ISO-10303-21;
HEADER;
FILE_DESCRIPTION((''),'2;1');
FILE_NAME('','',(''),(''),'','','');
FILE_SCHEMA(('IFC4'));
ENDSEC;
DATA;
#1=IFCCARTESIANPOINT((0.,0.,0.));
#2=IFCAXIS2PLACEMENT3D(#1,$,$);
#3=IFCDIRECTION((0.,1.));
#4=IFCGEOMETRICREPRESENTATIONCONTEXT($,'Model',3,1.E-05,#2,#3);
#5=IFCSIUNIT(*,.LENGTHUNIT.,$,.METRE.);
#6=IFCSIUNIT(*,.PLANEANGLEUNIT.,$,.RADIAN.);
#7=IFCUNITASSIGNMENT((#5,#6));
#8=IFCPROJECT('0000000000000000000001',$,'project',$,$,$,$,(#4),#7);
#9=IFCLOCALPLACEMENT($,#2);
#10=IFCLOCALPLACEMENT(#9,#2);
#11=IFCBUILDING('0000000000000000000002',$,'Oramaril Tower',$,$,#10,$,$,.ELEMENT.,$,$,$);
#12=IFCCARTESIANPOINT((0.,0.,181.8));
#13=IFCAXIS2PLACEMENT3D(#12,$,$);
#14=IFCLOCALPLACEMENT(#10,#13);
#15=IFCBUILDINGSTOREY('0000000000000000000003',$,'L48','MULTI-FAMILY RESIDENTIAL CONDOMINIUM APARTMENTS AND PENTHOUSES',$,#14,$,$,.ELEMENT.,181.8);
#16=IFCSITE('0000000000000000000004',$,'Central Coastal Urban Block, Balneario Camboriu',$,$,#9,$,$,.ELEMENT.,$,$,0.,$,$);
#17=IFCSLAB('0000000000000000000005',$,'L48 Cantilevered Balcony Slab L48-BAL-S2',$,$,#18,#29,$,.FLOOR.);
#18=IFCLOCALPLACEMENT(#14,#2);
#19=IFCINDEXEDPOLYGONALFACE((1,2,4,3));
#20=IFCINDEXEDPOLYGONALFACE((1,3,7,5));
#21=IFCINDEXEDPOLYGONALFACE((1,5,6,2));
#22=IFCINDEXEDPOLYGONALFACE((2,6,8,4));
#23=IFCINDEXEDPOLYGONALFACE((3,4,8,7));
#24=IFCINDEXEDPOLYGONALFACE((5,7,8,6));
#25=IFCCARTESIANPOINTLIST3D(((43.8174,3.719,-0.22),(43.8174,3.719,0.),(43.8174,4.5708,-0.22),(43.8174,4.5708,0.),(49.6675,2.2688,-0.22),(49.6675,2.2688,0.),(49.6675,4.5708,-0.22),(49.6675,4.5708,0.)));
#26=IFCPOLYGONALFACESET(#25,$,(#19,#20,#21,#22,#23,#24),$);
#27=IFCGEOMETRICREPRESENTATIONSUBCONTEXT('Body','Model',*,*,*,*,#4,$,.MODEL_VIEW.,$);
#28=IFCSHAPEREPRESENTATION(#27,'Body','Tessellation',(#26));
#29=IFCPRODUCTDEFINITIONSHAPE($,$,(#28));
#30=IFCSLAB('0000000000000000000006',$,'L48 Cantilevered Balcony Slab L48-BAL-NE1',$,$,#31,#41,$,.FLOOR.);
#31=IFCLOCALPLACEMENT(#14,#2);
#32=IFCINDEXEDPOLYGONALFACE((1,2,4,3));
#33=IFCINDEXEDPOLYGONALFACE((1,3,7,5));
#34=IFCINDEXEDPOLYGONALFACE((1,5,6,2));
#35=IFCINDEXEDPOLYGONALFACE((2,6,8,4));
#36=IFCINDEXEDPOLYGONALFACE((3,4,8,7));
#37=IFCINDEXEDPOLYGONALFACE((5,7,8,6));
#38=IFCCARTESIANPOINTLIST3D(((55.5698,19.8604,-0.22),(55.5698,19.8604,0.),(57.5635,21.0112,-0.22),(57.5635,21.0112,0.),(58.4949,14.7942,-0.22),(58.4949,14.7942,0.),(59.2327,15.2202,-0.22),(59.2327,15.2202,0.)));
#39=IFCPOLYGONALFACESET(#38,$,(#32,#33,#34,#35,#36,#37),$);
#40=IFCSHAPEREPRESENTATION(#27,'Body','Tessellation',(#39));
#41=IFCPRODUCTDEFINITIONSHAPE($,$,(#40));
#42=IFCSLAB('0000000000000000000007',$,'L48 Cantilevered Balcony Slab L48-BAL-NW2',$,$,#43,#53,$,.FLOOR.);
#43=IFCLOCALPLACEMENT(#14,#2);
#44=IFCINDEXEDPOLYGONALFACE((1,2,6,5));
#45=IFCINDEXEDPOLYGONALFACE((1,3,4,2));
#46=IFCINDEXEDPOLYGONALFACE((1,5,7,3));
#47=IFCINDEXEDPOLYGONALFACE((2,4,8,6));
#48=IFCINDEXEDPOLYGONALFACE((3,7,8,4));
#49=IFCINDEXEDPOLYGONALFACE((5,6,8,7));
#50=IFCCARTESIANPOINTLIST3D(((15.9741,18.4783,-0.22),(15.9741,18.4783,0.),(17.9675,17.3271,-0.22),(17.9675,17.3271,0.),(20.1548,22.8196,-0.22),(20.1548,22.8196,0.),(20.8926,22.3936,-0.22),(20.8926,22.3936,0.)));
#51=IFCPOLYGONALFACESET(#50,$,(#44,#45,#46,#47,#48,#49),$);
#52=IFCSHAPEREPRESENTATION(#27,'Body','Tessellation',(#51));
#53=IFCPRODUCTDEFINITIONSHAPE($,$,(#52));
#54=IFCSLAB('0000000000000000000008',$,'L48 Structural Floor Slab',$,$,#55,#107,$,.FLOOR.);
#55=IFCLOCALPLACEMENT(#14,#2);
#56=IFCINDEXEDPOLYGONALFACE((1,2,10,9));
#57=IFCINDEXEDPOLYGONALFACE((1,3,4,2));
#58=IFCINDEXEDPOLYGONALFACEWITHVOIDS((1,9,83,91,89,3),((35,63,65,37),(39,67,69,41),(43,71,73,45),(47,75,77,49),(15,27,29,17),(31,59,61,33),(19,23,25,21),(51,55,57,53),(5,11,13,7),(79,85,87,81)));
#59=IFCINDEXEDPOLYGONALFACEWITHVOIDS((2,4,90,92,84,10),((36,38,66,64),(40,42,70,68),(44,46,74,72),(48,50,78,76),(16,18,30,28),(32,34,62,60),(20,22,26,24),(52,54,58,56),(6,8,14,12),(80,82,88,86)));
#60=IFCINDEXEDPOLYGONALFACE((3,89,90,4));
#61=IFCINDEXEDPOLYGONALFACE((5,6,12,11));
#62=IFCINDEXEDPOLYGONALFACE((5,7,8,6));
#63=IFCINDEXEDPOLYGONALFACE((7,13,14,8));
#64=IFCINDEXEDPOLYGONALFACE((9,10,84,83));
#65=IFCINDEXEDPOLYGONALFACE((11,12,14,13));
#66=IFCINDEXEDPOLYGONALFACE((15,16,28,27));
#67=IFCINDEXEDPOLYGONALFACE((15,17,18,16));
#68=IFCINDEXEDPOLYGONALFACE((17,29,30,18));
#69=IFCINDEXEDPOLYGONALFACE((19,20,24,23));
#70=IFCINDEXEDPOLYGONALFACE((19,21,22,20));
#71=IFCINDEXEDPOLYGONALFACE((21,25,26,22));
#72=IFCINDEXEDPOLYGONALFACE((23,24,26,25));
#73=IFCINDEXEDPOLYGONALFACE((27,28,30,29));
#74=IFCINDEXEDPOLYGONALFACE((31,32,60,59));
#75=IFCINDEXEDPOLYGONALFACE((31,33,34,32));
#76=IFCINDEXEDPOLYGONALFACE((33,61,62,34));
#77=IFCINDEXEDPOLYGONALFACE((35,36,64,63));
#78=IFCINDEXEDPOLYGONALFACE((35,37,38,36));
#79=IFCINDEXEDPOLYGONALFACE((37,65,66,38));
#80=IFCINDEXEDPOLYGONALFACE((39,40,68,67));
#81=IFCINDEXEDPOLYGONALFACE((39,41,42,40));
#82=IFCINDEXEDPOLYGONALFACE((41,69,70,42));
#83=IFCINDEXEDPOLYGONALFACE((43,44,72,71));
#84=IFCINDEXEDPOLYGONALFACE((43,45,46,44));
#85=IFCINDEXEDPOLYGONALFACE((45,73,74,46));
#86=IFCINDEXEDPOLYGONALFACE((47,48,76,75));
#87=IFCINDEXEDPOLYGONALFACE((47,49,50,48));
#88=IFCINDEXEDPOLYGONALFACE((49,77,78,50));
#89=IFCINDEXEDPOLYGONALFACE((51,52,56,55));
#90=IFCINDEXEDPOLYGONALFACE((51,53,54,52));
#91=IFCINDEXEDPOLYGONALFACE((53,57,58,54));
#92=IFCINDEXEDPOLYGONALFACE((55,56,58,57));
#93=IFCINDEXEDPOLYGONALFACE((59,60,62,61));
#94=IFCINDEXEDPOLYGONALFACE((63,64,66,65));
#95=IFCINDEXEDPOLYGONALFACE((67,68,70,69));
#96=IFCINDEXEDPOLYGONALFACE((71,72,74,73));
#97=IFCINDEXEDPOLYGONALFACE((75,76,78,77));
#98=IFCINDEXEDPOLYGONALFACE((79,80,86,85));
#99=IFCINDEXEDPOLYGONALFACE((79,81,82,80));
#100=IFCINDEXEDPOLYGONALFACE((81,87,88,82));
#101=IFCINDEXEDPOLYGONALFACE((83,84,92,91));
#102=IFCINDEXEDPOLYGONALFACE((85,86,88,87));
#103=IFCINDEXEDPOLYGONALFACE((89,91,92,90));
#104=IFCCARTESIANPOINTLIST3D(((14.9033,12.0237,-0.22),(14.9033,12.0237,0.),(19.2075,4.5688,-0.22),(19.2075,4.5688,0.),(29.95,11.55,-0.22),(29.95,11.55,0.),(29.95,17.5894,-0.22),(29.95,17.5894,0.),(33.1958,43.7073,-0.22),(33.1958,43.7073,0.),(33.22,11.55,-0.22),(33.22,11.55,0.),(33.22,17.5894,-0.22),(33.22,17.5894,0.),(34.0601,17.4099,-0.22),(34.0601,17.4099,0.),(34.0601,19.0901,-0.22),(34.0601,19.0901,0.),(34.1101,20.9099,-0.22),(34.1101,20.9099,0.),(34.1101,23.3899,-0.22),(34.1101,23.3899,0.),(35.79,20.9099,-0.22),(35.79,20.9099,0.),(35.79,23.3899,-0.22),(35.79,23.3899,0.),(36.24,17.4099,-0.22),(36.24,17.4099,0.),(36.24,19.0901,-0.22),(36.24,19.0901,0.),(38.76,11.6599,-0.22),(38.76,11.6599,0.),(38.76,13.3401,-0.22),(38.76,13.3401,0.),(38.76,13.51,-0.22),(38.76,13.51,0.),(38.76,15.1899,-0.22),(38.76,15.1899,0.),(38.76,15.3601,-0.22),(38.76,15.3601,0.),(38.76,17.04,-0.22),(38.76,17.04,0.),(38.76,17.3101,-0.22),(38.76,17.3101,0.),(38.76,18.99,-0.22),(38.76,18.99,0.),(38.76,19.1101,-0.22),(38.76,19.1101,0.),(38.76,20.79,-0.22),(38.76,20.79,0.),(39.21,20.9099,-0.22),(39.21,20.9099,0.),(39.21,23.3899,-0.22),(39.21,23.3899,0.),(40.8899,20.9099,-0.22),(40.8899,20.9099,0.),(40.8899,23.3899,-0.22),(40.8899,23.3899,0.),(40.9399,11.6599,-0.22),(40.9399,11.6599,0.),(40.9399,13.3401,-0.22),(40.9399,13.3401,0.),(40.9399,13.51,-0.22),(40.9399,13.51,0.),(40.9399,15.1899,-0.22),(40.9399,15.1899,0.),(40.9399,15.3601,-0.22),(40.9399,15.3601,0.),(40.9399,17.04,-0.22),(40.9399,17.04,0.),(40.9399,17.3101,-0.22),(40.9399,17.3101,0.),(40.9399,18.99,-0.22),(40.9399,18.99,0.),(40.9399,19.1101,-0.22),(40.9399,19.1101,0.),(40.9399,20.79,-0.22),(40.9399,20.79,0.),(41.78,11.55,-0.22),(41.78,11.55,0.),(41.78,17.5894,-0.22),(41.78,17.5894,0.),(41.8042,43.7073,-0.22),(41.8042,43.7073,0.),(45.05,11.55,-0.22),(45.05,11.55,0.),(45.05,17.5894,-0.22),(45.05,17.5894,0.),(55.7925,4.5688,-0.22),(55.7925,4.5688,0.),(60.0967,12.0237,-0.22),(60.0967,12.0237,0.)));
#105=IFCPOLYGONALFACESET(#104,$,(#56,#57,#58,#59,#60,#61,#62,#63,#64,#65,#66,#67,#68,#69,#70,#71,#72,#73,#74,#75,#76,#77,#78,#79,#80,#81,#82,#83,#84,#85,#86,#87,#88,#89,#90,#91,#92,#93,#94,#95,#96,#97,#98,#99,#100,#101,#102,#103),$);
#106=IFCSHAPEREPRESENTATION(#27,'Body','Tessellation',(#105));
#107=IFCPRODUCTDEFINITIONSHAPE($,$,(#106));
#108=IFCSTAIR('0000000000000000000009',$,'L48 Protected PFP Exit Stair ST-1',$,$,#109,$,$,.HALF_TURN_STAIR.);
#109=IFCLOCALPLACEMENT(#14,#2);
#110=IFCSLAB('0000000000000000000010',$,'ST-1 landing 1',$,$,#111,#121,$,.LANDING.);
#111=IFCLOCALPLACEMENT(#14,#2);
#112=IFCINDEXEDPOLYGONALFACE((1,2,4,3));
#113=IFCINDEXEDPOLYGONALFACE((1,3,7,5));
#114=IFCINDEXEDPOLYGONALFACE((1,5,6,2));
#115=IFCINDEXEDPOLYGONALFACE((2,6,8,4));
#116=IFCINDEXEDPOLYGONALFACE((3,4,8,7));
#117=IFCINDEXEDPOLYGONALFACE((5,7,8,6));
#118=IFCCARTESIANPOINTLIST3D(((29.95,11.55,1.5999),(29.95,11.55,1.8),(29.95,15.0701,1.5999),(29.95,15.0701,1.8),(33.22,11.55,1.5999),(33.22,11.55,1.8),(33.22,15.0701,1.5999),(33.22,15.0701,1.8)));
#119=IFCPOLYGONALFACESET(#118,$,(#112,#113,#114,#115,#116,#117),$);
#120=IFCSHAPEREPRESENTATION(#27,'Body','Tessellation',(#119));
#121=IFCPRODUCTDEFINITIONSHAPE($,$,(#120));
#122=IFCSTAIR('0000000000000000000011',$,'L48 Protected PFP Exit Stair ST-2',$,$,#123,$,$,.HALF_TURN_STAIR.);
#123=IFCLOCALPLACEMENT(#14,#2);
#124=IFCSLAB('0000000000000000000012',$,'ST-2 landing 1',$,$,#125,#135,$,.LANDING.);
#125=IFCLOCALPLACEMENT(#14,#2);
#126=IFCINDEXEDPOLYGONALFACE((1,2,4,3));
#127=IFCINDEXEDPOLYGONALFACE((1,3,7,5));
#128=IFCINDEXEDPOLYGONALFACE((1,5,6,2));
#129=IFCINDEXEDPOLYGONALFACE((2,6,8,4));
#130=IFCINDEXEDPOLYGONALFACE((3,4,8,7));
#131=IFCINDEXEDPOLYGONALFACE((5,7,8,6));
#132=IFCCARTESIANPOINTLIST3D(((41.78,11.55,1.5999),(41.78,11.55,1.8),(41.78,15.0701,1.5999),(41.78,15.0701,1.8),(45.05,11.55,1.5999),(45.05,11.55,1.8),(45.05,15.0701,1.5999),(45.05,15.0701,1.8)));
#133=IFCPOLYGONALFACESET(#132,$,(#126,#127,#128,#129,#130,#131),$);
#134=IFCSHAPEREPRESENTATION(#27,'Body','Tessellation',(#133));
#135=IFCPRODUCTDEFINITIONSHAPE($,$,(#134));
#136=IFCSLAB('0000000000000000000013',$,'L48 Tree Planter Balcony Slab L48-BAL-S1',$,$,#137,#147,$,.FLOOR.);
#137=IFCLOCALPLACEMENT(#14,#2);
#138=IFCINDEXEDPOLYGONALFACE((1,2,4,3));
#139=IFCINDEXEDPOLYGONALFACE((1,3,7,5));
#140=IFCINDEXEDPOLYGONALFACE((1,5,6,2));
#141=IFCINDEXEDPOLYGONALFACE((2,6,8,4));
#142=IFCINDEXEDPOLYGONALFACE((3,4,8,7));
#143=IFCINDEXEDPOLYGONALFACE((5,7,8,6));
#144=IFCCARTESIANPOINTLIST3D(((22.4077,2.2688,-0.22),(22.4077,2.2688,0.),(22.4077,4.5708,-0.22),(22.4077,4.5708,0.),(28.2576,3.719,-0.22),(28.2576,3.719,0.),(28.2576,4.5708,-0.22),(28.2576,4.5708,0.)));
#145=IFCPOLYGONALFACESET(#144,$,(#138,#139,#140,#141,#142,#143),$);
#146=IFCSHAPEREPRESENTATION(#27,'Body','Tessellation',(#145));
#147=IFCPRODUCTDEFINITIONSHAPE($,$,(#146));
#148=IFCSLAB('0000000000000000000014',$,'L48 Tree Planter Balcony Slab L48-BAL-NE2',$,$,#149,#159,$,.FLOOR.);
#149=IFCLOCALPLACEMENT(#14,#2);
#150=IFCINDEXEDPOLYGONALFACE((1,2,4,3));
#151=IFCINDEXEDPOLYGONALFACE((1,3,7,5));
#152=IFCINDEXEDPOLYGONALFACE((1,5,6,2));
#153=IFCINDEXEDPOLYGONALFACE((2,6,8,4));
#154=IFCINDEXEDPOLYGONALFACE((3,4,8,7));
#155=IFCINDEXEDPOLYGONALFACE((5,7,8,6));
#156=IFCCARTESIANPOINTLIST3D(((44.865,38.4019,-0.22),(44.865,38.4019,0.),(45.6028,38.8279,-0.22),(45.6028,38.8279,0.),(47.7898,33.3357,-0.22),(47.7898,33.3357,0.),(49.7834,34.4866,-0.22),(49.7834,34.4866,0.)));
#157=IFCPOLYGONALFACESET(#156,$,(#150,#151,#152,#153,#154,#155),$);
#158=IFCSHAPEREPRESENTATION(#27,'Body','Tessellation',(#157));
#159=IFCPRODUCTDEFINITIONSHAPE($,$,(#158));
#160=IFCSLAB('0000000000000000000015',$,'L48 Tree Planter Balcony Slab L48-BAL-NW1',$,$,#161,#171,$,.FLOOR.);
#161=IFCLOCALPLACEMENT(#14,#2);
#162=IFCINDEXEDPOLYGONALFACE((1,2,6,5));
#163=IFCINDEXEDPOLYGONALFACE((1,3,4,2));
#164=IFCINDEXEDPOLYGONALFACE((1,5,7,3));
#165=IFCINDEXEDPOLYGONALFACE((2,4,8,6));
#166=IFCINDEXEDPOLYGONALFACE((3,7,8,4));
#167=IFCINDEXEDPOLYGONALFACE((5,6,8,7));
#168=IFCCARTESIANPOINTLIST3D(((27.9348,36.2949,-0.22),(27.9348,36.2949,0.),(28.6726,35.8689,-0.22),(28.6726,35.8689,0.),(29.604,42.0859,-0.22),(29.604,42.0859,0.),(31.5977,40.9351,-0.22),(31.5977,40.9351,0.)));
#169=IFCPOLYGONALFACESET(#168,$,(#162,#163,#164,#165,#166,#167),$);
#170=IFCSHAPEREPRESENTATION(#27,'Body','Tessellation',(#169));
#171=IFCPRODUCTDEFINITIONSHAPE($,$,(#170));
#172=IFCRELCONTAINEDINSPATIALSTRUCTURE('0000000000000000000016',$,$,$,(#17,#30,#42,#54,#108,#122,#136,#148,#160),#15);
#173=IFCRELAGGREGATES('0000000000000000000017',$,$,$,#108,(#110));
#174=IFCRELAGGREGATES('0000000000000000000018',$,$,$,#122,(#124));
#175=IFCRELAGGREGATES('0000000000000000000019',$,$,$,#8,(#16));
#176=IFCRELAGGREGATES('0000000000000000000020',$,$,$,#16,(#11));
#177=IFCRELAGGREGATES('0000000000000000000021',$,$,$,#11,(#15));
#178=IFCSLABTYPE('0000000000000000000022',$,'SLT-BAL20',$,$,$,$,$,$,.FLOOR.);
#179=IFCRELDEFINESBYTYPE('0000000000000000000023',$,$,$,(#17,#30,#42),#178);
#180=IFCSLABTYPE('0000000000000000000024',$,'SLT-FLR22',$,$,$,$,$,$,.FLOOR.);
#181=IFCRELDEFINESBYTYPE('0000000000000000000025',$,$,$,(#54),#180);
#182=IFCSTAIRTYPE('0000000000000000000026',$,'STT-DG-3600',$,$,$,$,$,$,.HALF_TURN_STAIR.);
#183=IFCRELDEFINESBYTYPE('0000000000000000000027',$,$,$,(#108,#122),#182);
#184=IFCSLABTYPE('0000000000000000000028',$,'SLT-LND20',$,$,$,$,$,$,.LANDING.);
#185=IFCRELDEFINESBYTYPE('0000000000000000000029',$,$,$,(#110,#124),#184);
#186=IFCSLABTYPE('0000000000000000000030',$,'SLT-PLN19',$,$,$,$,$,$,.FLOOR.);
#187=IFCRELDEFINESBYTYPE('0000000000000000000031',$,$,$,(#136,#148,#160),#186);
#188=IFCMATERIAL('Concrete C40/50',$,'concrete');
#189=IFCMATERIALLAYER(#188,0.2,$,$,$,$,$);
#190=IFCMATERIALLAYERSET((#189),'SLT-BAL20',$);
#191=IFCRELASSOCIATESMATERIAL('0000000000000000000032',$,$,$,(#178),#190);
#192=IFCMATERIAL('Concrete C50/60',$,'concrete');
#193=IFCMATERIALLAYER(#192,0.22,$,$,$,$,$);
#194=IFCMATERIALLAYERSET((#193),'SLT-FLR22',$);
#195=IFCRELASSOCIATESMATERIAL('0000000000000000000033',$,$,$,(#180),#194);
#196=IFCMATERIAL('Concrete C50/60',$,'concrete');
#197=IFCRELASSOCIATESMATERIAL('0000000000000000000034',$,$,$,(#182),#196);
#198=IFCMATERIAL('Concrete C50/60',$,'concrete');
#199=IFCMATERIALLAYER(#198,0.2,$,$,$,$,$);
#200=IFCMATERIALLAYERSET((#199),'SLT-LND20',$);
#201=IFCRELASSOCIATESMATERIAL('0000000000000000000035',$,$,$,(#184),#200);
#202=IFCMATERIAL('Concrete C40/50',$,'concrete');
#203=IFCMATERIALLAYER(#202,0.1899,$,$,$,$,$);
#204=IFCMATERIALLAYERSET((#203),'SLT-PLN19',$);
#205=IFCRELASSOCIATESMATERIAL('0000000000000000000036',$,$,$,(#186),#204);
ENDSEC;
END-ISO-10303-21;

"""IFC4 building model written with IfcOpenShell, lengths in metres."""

from ifc_helpers import new_model, si_unit, direction, frame, origin, place, context, subcontext, project, spatial, polyline, outline, extrude, material, layer, layer_set, type_object, element, aggregate, save


model = new_model("IFC4")

# Units and contexts
model_context = context("Model", 3, precision=1e-05, world=origin(), true_north=direction((0.0, 1.0)))
body_context = subcontext(model_context, "Body", "Model", "MODEL_VIEW")
ifc_project = project(units=[si_unit("LENGTHUNIT", "METRE"), si_unit("PLANEANGLEUNIT", "RADIAN")], contexts=[model_context])

# Site, building, storey
site_placement = place(None, origin())
site = spatial("IfcSite", under=ifc_project, at=site_placement, Name="Central Coastal Urban Block, Balneario Camboriu", CompositionType="ELEMENT", RefElevation=0.0)
building_placement = place(site_placement, origin())
building = spatial("IfcBuilding", under=site, at=building_placement, Name="Oramaril Tower", CompositionType="ELEMENT")
storey_placement = place(building_placement, frame((0.0, 0.0, 181.8)))
storey = spatial("IfcBuildingStorey", under=building, at=storey_placement, Name="L48", Description="MULTI-FAMILY RESIDENTIAL CONDOMINIUM APARTMENTS AND PENTHOUSES", CompositionType="ELEMENT", Elevation=181.8)

# Slabs
ifc_material_1 = material(Name="Concrete C40/50", Category="concrete")
ifc_layer_1 = layer(ifc_material_1, 0.2)
ifc_layer_set_1 = layer_set([ifc_layer_1], Name="SLT-BAL20")
slab_type_1 = type_object("IfcSlabType", Name="SLT-BAL20", PredefinedType="FLOOR", material=ifc_layer_set_1)
slab_1_placement = place(storey_placement, frame((0.0, 0.0, -0.22)))
element("IfcSlab", 1, at=slab_1_placement, inside=storey, type_object=slab_type_1, Name="L48 Cantilevered Balcony Slab L48-BAL-S2", PredefinedType="FLOOR", context=body_context, shape_type="SweptSolid", body=[
    extrude(outline(polyline([(43.8174, 4.5708), (49.6675, 4.5708), (49.6675, 2.2688), (43.8174, 3.719), (43.8174, 4.5708)])), origin(), (0.0, 0.0, 1.0), 0.22),
])
slab_2_placement = place(storey_placement, frame((0.0, 0.0, -0.22)))
element("IfcSlab", 2, at=slab_2_placement, inside=storey, type_object=slab_type_1, Name="L48 Cantilevered Balcony Slab L48-BAL-NE1", PredefinedType="FLOOR", context=body_context, shape_type="SweptSolid", body=[
    extrude(outline(polyline([(58.4949, 14.7942), (55.5698, 19.8604), (57.5635, 21.0112), (59.2327, 15.2202), (58.4949, 14.7942)])), origin(), (0.0, 0.0, 1.0), 0.22),
])
slab_3_placement = place(storey_placement, frame((0.0, 0.0, -0.22)))
element("IfcSlab", 3, at=slab_3_placement, inside=storey, type_object=slab_type_1, Name="L48 Cantilevered Balcony Slab L48-BAL-NW2", PredefinedType="FLOOR", context=body_context, shape_type="SweptSolid", body=[
    extrude(outline(polyline([(20.8926, 22.3936), (17.9675, 17.3271), (15.9741, 18.4783), (20.1548, 22.8196), (20.8926, 22.3936)])), origin(), (0.0, 0.0, 1.0), 0.22),
])
ifc_material_2 = material(Name="Concrete C50/60", Category="concrete")
ifc_layer_2 = layer(ifc_material_2, 0.22)
ifc_layer_set_2 = layer_set([ifc_layer_2], Name="SLT-FLR22")
slab_type_2 = type_object("IfcSlabType", Name="SLT-FLR22", PredefinedType="FLOOR", material=ifc_layer_set_2)
slab_4_placement = place(storey_placement, frame((0.0, 0.0, -0.22)))
element("IfcSlab", 4, at=slab_4_placement, inside=storey, type_object=slab_type_2, Name="L48 Structural Floor Slab", PredefinedType="FLOOR", context=body_context, shape_type="SweptSolid", body=[
    extrude(outline(polyline([(14.9033, 12.0237), (19.2075, 4.5688), (55.7925, 4.5688), (60.0967, 12.0237), (41.8042, 43.7073), (33.1958, 43.7073), (14.9033, 12.0237)]), holes=[polyline([(29.95, 17.5894), (29.95, 11.55), (33.22, 11.55), (33.22, 17.5894), (29.95, 17.5894)]), polyline([(41.78, 17.5894), (41.78, 11.55), (45.05, 11.55), (45.05, 17.5894), (41.78, 17.5894)]), polyline([(34.1101, 20.9099), (35.79, 20.9099), (35.79, 23.3899), (34.1101, 23.3899), (34.1101, 20.9099)]), polyline([(39.21, 20.9099), (40.8899, 20.9099), (40.8899, 23.3899), (39.21, 23.3899), (39.21, 20.9099)]), polyline([(38.76, 11.6599), (40.9399, 11.6599), (40.9399, 13.3401), (38.76, 13.3401), (38.76, 11.6599)]), polyline([(38.76, 13.51), (40.9399, 13.51), (40.9399, 15.1899), (38.76, 15.1899), (38.76, 13.51)]), polyline([(38.76, 15.3601), (40.9399, 15.3601), (40.9399, 17.04), (38.76, 17.04), (38.76, 15.3601)]), polyline([(34.0601, 17.4099), (36.24, 17.4099), (36.24, 19.0901), (34.0601, 19.0901), (34.0601, 17.4099)]), polyline([(38.76, 17.3101), (40.9399, 17.3101), (40.9399, 18.99), (38.76, 18.99), (38.76, 17.3101)]), polyline([(38.76, 19.1101), (40.9399, 19.1101), (40.9399, 20.79), (38.76, 20.79), (38.76, 19.1101)])]), origin(), (0.0, 0.0, 1.0), 0.22),
])

# Stairs, slabs
ifc_material_3 = material(Name="Concrete C50/60", Category="concrete")
stair_type = type_object("IfcStairType", Name="STT-DG-3600", PredefinedType="HALF_TURN_STAIR", material=ifc_material_3)
stair_1_placement = place(storey_placement, origin())
stair_1 = element("IfcStair", 5, at=stair_1_placement, inside=storey, type_object=stair_type, Name="L48 Protected PFP Exit Stair ST-1", PredefinedType="HALF_TURN_STAIR")
ifc_material_4 = material(Name="Concrete C50/60", Category="concrete")
ifc_layer_3 = layer(ifc_material_4, 0.2)
ifc_layer_set_3 = layer_set([ifc_layer_3], Name="SLT-LND20")
slab_type_3 = type_object("IfcSlabType", Name="SLT-LND20", PredefinedType="LANDING", material=ifc_layer_set_3)
slab_5_placement = place(storey_placement, frame((0.0, 0.0, 1.5999)))
slab_5 = element("IfcSlab", 6, at=slab_5_placement, type_object=slab_type_3, Name="ST-1 landing 1", PredefinedType="LANDING", context=body_context, shape_type="SweptSolid", body=[
    extrude(outline(polyline([(29.95, 15.0701), (29.95, 11.55), (33.22, 11.55), (33.22, 15.0701), (29.95, 15.0701)])), origin(), (0.0, 0.0, 1.0), 0.2002),
])
aggregate(stair_1, [slab_5])
stair_2_placement = place(storey_placement, origin())
stair_2 = element("IfcStair", 7, at=stair_2_placement, inside=storey, type_object=stair_type, Name="L48 Protected PFP Exit Stair ST-2", PredefinedType="HALF_TURN_STAIR")
slab_6_placement = place(storey_placement, frame((0.0, 0.0, 1.5999)))
slab_6 = element("IfcSlab", 8, at=slab_6_placement, type_object=slab_type_3, Name="ST-2 landing 1", PredefinedType="LANDING", context=body_context, shape_type="SweptSolid", body=[
    extrude(outline(polyline([(41.78, 15.0701), (41.78, 11.55), (45.05, 11.55), (45.05, 15.0701), (41.78, 15.0701)])), origin(), (0.0, 0.0, 1.0), 0.2002),
])
aggregate(stair_2, [slab_6])

# Slabs
ifc_material_5 = material(Name="Concrete C40/50", Category="concrete")
ifc_layer_4 = layer(ifc_material_5, 0.1899)
ifc_layer_set_4 = layer_set([ifc_layer_4], Name="SLT-PLN19")
slab_type_4 = type_object("IfcSlabType", Name="SLT-PLN19", PredefinedType="FLOOR", material=ifc_layer_set_4)
slab_7_placement = place(storey_placement, frame((0.0, 0.0, -0.22)))
element("IfcSlab", 9, at=slab_7_placement, inside=storey, type_object=slab_type_4, Name="L48 Tree Planter Balcony Slab L48-BAL-S1", PredefinedType="FLOOR", context=body_context, shape_type="SweptSolid", body=[
    extrude(outline(polyline([(22.4077, 4.5708), (28.2576, 4.5708), (28.2576, 3.719), (22.4077, 2.2688), (22.4077, 4.5708)])), origin(), (0.0, 0.0, 1.0), 0.22),
])
slab_8_placement = place(storey_placement, frame((0.0, 0.0, -0.22)))
element("IfcSlab", 10, at=slab_8_placement, inside=storey, type_object=slab_type_4, Name="L48 Tree Planter Balcony Slab L48-BAL-NE2", PredefinedType="FLOOR", context=body_context, shape_type="SweptSolid", body=[
    extrude(outline(polyline([(47.7898, 33.3357), (44.865, 38.4019), (45.6028, 38.8279), (49.7834, 34.4866), (47.7898, 33.3357)])), origin(), (0.0, 0.0, 1.0), 0.22),
])
slab_9_placement = place(storey_placement, frame((0.0, 0.0, -0.22)))
element("IfcSlab", 11, at=slab_9_placement, inside=storey, type_object=slab_type_4, Name="L48 Tree Planter Balcony Slab L48-BAL-NW1", PredefinedType="FLOOR", context=body_context, shape_type="SweptSolid", body=[
    extrude(outline(polyline([(31.5977, 40.9351), (28.6726, 35.8689), (27.9348, 36.2949), (29.604, 42.0859), (31.5977, 40.9351)])), origin(), (0.0, 0.0, 1.0), 0.22),
])

save(model, "model.ifc")
